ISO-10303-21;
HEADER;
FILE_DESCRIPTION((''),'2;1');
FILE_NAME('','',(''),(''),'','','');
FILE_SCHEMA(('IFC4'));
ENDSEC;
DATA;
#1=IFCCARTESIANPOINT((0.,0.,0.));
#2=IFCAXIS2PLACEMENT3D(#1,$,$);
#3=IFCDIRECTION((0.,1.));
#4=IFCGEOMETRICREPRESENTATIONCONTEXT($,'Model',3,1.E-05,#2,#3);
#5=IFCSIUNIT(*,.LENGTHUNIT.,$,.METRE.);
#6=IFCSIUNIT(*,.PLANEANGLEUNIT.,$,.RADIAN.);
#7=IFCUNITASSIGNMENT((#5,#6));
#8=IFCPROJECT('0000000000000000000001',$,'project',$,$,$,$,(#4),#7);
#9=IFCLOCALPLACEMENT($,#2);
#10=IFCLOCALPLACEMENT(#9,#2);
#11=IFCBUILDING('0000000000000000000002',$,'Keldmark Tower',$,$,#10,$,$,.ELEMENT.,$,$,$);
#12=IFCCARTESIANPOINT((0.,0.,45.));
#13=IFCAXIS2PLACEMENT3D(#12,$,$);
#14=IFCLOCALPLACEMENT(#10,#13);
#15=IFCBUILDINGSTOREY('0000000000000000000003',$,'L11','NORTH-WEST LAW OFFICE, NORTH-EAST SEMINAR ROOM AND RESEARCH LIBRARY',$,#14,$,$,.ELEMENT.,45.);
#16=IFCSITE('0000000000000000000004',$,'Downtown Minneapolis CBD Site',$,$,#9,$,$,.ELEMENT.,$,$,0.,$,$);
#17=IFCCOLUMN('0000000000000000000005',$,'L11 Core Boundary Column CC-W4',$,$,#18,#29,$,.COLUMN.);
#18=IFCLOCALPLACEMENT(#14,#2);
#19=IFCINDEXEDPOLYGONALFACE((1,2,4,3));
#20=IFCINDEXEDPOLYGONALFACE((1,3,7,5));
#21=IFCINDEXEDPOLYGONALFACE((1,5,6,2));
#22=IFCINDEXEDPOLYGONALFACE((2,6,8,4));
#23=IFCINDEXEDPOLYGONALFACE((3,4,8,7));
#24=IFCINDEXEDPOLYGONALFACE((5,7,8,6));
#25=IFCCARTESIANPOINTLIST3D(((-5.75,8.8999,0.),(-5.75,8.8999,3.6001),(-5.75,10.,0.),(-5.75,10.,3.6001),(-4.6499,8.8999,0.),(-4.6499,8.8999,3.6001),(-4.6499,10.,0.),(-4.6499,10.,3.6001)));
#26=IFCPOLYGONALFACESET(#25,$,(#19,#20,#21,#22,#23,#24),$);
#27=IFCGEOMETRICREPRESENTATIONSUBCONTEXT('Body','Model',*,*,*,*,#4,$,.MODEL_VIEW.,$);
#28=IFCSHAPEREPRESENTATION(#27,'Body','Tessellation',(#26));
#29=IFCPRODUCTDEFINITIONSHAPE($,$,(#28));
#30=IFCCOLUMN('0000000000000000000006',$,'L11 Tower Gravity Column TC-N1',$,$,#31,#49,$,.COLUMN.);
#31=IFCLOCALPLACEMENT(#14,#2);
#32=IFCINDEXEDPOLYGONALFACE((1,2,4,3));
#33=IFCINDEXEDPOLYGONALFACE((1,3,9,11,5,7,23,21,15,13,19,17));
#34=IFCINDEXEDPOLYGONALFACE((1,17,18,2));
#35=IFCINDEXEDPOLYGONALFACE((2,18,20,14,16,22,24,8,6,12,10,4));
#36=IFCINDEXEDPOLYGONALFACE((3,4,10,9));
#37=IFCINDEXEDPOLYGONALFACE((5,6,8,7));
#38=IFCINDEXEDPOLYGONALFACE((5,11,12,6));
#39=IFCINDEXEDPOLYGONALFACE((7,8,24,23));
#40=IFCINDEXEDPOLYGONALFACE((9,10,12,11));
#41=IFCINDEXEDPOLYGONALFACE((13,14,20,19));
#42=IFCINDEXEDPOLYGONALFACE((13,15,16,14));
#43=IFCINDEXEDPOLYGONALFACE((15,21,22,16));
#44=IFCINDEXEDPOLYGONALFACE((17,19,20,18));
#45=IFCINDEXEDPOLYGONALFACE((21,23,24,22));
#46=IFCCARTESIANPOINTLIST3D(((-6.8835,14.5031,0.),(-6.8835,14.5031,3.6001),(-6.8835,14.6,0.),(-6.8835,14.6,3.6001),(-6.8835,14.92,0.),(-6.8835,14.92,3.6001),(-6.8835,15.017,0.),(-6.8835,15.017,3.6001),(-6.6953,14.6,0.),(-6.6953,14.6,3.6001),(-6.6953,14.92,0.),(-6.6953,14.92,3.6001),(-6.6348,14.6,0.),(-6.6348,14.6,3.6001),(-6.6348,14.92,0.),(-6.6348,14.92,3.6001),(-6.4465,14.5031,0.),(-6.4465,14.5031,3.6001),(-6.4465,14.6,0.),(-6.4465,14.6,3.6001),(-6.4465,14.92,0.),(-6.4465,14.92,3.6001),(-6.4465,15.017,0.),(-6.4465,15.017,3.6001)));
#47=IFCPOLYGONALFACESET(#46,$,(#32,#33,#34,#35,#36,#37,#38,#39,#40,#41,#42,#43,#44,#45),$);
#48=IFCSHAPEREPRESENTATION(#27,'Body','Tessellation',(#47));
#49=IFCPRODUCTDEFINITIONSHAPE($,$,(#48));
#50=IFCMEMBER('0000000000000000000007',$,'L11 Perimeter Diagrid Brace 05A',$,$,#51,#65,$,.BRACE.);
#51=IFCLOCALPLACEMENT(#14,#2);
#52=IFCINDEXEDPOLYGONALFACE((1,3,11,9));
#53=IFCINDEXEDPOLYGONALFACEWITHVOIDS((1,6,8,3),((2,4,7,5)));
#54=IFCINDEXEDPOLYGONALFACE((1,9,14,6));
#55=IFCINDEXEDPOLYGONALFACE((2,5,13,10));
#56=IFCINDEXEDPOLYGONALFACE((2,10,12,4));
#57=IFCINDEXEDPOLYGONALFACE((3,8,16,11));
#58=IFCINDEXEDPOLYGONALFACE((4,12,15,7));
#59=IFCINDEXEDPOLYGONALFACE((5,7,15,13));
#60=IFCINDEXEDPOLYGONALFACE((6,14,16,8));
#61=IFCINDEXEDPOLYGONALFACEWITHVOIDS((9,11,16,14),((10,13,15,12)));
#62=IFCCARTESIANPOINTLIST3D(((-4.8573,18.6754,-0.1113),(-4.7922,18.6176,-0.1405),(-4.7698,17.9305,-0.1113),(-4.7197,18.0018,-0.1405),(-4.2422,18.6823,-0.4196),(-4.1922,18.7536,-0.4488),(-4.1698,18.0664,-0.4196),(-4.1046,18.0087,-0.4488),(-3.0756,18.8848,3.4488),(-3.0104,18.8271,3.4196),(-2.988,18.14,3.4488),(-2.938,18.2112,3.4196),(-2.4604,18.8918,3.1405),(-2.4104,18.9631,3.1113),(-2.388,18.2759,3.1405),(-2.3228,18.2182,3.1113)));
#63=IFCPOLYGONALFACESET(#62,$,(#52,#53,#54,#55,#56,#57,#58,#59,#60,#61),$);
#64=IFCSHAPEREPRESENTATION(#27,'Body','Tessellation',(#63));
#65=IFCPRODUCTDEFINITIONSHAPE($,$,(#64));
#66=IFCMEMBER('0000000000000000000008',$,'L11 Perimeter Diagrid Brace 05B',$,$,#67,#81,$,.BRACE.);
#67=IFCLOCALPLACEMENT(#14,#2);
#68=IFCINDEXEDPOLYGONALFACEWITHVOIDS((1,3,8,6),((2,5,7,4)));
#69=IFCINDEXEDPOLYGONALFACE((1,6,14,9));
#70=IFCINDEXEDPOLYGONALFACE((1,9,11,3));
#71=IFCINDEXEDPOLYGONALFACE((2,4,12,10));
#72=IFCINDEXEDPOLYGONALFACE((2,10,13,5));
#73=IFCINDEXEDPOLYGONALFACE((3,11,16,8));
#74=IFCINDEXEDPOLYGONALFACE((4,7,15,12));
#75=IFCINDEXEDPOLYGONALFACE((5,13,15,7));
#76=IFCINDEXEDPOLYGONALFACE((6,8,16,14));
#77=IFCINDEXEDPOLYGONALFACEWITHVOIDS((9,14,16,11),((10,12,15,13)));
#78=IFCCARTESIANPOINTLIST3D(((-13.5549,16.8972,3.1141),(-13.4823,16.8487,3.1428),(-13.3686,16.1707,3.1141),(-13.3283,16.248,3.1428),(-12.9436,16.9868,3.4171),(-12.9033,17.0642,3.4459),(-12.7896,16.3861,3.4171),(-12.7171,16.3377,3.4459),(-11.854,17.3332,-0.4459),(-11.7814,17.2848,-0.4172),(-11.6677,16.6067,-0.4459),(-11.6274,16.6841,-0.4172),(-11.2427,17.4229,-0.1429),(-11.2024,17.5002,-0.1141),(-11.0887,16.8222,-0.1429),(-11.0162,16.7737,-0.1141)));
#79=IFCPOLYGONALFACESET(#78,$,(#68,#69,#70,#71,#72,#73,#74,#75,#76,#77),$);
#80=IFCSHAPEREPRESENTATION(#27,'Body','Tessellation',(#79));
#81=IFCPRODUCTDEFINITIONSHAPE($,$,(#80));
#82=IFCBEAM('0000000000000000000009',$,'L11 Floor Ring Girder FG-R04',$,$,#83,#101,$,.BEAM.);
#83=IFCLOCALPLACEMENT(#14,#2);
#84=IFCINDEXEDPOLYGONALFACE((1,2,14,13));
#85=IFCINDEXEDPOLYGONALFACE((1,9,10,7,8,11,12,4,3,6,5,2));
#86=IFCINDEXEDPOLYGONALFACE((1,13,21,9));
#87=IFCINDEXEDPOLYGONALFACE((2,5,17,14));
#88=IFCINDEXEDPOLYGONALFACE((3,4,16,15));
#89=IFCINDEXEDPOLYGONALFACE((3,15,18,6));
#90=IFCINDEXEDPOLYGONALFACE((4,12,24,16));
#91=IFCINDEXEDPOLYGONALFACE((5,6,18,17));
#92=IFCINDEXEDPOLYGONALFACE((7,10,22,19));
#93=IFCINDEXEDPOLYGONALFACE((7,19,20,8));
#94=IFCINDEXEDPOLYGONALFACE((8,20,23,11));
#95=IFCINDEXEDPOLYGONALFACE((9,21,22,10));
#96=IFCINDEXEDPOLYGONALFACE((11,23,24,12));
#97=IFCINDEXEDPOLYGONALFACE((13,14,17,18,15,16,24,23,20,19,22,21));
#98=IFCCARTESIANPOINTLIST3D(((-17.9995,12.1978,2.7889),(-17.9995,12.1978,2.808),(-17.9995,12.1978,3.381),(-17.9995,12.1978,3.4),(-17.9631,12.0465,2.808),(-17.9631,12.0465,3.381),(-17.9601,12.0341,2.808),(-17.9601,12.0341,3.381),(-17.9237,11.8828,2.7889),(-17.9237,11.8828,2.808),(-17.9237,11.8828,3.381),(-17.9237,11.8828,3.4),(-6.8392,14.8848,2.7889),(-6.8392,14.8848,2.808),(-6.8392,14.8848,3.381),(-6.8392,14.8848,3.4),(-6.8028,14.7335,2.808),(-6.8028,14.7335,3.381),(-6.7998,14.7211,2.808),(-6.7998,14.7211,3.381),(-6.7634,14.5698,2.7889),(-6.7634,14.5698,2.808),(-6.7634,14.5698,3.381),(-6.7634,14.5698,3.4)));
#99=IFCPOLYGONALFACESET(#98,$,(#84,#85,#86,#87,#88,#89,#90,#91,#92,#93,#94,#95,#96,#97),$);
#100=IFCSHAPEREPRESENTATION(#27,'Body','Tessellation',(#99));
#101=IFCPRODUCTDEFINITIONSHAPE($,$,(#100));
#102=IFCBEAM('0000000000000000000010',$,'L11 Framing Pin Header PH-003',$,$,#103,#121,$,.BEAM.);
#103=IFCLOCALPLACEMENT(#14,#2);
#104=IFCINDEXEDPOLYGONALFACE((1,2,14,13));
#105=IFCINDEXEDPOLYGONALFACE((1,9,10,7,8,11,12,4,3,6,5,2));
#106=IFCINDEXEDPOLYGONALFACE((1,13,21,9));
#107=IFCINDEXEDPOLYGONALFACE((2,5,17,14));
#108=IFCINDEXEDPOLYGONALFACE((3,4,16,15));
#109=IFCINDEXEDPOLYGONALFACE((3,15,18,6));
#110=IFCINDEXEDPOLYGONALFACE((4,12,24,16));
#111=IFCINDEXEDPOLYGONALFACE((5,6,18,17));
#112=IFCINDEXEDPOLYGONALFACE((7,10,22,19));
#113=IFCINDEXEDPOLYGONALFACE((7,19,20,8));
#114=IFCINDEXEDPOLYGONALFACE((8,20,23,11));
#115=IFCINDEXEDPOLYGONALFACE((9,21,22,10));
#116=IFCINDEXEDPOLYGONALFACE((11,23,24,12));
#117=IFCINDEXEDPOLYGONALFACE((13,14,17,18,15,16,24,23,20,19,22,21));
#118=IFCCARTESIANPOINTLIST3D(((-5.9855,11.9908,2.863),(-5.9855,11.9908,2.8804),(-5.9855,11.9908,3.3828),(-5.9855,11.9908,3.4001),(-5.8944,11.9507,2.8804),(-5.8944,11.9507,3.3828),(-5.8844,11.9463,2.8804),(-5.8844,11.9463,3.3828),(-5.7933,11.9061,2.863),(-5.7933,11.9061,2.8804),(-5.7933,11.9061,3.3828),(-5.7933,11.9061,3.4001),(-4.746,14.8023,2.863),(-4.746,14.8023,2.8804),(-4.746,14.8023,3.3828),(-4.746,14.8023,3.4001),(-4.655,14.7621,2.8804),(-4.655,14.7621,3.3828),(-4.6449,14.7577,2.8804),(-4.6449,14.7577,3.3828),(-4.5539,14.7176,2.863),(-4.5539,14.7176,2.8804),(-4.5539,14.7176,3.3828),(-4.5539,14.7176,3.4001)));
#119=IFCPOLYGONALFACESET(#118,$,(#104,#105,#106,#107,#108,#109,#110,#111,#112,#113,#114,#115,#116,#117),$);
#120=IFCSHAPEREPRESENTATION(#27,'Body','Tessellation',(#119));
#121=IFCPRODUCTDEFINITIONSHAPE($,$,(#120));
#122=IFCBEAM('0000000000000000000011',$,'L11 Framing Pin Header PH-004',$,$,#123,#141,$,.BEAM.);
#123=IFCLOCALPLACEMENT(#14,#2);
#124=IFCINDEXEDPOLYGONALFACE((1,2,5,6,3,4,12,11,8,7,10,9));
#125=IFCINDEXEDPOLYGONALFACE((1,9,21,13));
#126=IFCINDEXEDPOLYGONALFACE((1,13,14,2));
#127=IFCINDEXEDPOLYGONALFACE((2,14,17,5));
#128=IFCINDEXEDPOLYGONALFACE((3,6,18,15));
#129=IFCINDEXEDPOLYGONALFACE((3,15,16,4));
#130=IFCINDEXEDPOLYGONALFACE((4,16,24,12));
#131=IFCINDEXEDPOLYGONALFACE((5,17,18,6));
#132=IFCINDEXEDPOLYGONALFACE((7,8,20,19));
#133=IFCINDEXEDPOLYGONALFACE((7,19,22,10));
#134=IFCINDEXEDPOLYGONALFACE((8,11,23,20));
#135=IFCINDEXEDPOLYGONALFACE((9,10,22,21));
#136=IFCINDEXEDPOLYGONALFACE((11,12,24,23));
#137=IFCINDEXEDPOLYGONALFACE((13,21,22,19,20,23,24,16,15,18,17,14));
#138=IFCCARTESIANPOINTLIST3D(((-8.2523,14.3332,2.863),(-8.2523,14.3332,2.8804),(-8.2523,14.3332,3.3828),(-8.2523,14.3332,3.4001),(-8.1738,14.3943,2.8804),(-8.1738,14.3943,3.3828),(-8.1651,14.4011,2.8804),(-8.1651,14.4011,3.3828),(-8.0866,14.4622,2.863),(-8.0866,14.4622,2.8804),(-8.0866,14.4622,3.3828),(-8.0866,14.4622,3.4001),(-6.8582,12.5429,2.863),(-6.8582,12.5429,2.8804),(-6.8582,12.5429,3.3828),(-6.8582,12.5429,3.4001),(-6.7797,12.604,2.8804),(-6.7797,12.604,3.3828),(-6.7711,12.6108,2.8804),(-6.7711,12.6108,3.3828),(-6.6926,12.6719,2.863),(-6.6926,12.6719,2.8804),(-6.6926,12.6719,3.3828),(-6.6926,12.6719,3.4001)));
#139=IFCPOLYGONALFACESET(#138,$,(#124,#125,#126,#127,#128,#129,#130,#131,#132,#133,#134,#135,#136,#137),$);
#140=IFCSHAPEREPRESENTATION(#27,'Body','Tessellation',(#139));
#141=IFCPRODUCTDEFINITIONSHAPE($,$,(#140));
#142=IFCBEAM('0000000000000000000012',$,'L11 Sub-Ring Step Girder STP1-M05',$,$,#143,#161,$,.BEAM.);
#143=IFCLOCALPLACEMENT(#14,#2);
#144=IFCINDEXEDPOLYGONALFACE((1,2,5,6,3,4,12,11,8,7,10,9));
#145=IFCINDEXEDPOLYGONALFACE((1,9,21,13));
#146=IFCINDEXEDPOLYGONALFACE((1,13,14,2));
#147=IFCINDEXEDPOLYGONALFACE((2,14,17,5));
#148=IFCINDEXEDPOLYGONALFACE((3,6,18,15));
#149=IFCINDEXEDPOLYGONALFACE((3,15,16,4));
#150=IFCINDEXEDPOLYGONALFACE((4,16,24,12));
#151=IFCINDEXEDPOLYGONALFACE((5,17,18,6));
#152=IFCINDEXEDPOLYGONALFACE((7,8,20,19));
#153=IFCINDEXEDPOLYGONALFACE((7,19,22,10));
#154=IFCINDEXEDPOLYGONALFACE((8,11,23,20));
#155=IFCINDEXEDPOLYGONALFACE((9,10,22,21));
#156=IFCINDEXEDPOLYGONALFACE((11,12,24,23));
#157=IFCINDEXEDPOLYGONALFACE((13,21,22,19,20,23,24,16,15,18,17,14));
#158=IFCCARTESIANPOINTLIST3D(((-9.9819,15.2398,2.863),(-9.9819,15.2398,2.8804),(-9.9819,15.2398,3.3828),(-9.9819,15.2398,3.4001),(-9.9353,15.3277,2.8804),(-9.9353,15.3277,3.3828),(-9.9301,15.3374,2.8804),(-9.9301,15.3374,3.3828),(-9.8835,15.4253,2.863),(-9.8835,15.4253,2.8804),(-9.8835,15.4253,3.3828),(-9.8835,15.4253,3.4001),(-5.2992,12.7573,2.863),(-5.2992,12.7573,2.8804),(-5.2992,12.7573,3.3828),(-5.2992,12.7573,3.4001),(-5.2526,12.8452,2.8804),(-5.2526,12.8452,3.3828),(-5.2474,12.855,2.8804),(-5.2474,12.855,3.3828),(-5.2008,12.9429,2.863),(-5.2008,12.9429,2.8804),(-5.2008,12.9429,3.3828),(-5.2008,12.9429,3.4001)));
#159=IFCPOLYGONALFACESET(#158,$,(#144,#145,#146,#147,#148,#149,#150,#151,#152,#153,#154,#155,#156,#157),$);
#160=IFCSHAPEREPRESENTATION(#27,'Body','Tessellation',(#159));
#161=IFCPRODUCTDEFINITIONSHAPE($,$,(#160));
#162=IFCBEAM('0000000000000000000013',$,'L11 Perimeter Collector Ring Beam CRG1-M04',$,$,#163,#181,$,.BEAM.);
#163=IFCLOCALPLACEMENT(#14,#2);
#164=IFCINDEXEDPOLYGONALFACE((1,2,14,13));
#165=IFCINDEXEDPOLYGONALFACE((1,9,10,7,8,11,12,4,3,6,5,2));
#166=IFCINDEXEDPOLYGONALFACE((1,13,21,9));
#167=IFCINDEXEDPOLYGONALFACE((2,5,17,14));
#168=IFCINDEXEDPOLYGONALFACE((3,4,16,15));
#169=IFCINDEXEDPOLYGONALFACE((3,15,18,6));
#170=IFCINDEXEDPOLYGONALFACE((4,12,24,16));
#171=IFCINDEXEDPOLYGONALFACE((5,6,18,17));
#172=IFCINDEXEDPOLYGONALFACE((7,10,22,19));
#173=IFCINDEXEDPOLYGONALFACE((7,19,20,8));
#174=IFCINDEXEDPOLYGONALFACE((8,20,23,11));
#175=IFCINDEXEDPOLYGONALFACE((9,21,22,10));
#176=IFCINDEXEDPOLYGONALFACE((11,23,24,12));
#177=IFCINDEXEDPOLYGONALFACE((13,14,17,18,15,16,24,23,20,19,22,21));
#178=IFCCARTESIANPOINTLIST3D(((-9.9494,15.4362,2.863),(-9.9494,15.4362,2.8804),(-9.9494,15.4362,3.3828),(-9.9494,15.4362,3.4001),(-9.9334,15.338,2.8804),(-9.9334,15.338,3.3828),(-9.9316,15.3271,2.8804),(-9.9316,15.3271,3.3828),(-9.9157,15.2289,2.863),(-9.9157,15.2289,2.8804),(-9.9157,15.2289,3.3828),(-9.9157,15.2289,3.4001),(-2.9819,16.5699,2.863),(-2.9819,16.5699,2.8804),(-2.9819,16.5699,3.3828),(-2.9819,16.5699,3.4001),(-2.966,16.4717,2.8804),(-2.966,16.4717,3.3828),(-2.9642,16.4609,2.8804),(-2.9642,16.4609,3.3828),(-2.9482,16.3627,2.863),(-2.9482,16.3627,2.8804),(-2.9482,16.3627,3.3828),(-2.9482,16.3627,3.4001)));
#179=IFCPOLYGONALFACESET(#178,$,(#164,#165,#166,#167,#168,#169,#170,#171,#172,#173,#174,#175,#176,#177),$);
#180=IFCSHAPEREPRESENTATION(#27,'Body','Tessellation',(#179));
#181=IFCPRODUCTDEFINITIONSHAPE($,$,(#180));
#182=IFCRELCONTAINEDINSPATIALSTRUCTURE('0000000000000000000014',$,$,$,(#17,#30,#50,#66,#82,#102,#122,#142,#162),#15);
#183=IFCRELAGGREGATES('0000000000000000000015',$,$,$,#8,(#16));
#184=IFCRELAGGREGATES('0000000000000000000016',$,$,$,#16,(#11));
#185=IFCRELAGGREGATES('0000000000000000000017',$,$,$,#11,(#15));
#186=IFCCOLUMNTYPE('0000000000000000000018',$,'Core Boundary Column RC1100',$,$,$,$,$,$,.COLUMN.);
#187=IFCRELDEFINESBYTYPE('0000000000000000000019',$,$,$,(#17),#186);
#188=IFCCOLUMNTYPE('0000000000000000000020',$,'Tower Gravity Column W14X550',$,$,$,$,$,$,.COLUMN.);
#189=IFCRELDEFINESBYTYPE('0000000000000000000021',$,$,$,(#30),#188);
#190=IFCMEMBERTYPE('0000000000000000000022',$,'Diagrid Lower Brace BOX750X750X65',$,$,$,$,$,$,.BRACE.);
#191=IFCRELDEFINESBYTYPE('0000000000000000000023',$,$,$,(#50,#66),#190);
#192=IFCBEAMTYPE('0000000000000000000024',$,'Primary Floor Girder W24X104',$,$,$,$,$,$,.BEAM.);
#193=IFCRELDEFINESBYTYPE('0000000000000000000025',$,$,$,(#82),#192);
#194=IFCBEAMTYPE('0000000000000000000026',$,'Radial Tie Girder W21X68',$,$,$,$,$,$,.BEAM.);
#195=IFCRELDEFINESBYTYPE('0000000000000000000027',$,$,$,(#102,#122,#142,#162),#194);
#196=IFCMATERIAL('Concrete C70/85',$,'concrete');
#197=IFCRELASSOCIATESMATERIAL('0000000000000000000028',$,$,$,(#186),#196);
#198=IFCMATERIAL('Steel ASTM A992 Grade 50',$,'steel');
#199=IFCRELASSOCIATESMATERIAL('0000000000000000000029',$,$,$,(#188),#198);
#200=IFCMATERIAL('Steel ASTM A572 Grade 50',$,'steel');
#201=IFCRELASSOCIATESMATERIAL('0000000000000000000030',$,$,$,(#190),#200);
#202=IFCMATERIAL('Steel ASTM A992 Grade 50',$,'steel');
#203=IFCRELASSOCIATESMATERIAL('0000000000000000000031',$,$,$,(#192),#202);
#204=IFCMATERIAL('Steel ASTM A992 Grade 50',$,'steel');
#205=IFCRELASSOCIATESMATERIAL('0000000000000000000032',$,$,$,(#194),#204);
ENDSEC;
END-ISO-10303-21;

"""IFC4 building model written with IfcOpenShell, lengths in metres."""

from ifc_helpers import new_model, si_unit, direction, frame, origin, origin_2d, place, context, subcontext, project, spatial, rectangle, hollow_rectangle, i_section, extrude, material, material_profile, profile_set, type_object, element, save


model = new_model("IFC4")

# Units and contexts
model_context = context("Model", 3, precision=1e-05, world=origin(), true_north=direction((0.0, 1.0)))
body_context = subcontext(model_context, "Body", "Model", "MODEL_VIEW")
ifc_project = project(units=[si_unit("LENGTHUNIT", "METRE"), si_unit("PLANEANGLEUNIT", "RADIAN")], contexts=[model_context])

# Site, building, storey
site_placement = place(None, origin())
site = spatial("IfcSite", under=ifc_project, at=site_placement, Name="Downtown Minneapolis CBD Site", CompositionType="ELEMENT", RefElevation=0.0)
building_placement = place(site_placement, origin())
building = spatial("IfcBuilding", under=site, at=building_placement, Name="Keldmark Tower", CompositionType="ELEMENT")
storey_placement = place(building_placement, frame((0.0, 0.0, 45.0)))
storey = spatial("IfcBuildingStorey", under=building, at=storey_placement, Name="L11", Description="NORTH-WEST LAW OFFICE, NORTH-EAST SEMINAR ROOM AND RESEARCH LIBRARY", CompositionType="ELEMENT", Elevation=45.0)

# Columns
ifc_material_1 = material(Name="Concrete C70/85", Category="concrete")
ifc_material_profile_1 = material_profile(ifc_material_1, rectangle(XDim=1.1001, YDim=1.1001, at=origin_2d()), Name="RC1100X1100")
ifc_profile_set_1 = profile_set([ifc_material_profile_1], Name="Concrete C70/85")
column_type_1 = type_object("IfcColumnType", Name="Core Boundary Column RC1100", PredefinedType="COLUMN", material=ifc_profile_set_1)
column_1_placement = place(storey_placement, frame((-5.2, 9.45, 0.0), z_axis=(0.0, 0.0, 1.0), x_axis=(1.0, 0.0, 0.0)))
element("IfcColumn", 1, at=column_1_placement, inside=storey, type_object=column_type_1, Name="L11 Core Boundary Column CC-W4", PredefinedType="COLUMN", context=body_context, shape_type="SweptSolid", body=[
    extrude(rectangle(XDim=1.1001, YDim=1.1001, at=origin_2d()), origin(), (0.0, 0.0, 1.0), 3.6001),
])
ifc_material_2 = material(Name="Steel ASTM A992 Grade 50", Category="steel")
ifc_material_profile_2 = material_profile(ifc_material_2, i_section(OverallWidth=0.437, OverallDepth=0.5139, WebThickness=0.0605, FlangeThickness=0.0969, at=origin_2d()), Name="W14X550")
ifc_profile_set_2 = profile_set([ifc_material_profile_2], Name="Steel ASTM A992 Grade 50")
column_type_2 = type_object("IfcColumnType", Name="Tower Gravity Column W14X550", PredefinedType="COLUMN", material=ifc_profile_set_2)
column_2_placement = place(storey_placement, frame((-6.665, 14.76, 0.0), z_axis=(0.0, 0.0, 1.0), x_axis=(1.0, 0.0, 0.0)))
element("IfcColumn", 2, at=column_2_placement, inside=storey, type_object=column_type_2, Name="L11 Tower Gravity Column TC-N1", PredefinedType="COLUMN", context=body_context, shape_type="SweptSolid", body=[
    extrude(i_section(OverallWidth=0.437, OverallDepth=0.5139, WebThickness=0.0605, FlangeThickness=0.0969, at=origin_2d()), origin(), (0.0, 0.0, 1.0), 3.6001),
])

# Members
ifc_material_3 = material(Name="Steel ASTM A572 Grade 50", Category="steel")
ifc_material_profile_3 = material_profile(ifc_material_3, hollow_rectangle(XDim=0.75, YDim=0.75, WallThickness=0.0649, at=origin_2d()), Name="BOX750X750X65")
ifc_profile_set_3 = profile_set([ifc_material_profile_3], Name="Steel ASTM A572 Grade 50")
member_type = type_object("IfcMemberType", Name="Diagrid Lower Brace BOX750X750X65", PredefinedType="BRACE", material=ifc_profile_set_3)
member_1_placement = place(storey_placement, frame((-4.481, 18.342, -0.28), z_axis=(0.446939, 0.052545, 0.89302), x_axis=(-0.116762, 0.99316, 0.0)))
element("IfcMember", 3, at=member_1_placement, inside=storey, type_object=member_type, Name="L11 Perimeter Diagrid Brace 05A", PredefinedType="BRACE", context=body_context, shape_type="SweptSolid", body=[
    extrude(hollow_rectangle(XDim=0.75, YDim=0.75, WallThickness=0.0649, at=origin_2d()), origin(), (0.0, 0.0, 1.0), 3.9866),
])
member_2_placement = place(storey_placement, frame((-11.4351, 17.0535, -0.28), z_axis=(-0.428494, -0.109845, 0.896843), x_axis=(0.248322, -0.968678, 0.0)))
element("IfcMember", 4, at=member_2_placement, inside=storey, type_object=member_type, Name="L11 Perimeter Diagrid Brace 05B", PredefinedType="BRACE", context=body_context, shape_type="SweptSolid", body=[
    extrude(hollow_rectangle(XDim=0.75, YDim=0.75, WallThickness=0.0649, at=origin_2d()), origin(), (0.0, 0.0, 1.0), 3.9695),
])

# Beams
ifc_material_4 = material(Name="Steel ASTM A992 Grade 50", Category="steel")
ifc_material_profile_4 = material_profile(ifc_material_4, i_section(OverallWidth=0.324, OverallDepth=0.6111, WebThickness=0.0127, FlangeThickness=0.019, at=origin_2d()), Name="W24X104")
ifc_profile_set_4 = profile_set([ifc_material_profile_4], Name="Steel ASTM A992 Grade 50")
beam_type_1 = type_object("IfcBeamType", Name="Primary Floor Girder W24X104", PredefinedType="BEAM", material=ifc_profile_set_4)
beam_1_placement = place(storey_placement, frame((-6.8013, 14.7273, 3.0945), z_axis=(-0.972219, -0.234074, 0.0), x_axis=(0.234074, -0.972219, 0.0)))
element("IfcBeam", 5, at=beam_1_placement, inside=storey, type_object=beam_type_1, Name="L11 Floor Ring Girder FG-R04", PredefinedType="BEAM", context=body_context, shape_type="SweptSolid", body=[
    extrude(i_section(OverallWidth=0.324, OverallDepth=0.6111, WebThickness=0.0127, FlangeThickness=0.019, at=origin_2d()), origin(), (0.0, 0.0, 1.0), 11.4792),
])
ifc_material_5 = material(Name="Steel ASTM A992 Grade 50", Category="steel")
ifc_material_profile_5 = material_profile(ifc_material_5, i_section(OverallWidth=0.21, OverallDepth=0.5371, WebThickness=0.011, FlangeThickness=0.0173, at=origin_2d()), Name="W21X68")
ifc_profile_set_5 = profile_set([ifc_material_profile_5], Name="Steel ASTM A992 Grade 50")
beam_type_2 = type_object("IfcBeamType", Name="Radial Tie Girder W21X68", PredefinedType="BEAM", material=ifc_profile_set_5)
beam_2_placement = place(storey_placement, frame((-5.8894, 11.9485, 3.1316), z_axis=(0.403402, 0.915023, 0.0), x_axis=(-0.915023, 0.403402, 0.0)))
element("IfcBeam", 6, at=beam_2_placement, inside=storey, type_object=beam_type_2, Name="L11 Framing Pin Header PH-003", PredefinedType="BEAM", context=body_context, shape_type="SweptSolid", body=[
    extrude(i_section(OverallWidth=0.21, OverallDepth=0.5371, WebThickness=0.011, FlangeThickness=0.0173, at=origin_2d()), origin(), (0.0, 0.0, 1.0), 3.0725),
])
beam_3_placement = place(storey_placement, frame((-6.7754, 12.6074, 3.1316), z_axis=(-0.61438, 0.78901, 0.0), x_axis=(-0.78901, -0.61438, 0.0)))
element("IfcBeam", 7, at=beam_3_placement, inside=storey, type_object=beam_type_2, Name="L11 Framing Pin Header PH-004", PredefinedType="BEAM", context=body_context, shape_type="SweptSolid", body=[
    extrude(i_section(OverallWidth=0.21, OverallDepth=0.5371, WebThickness=0.011, FlangeThickness=0.0173, at=origin_2d()), origin(), (0.0, 0.0, 1.0), 2.269),
])
beam_4_placement = place(storey_placement, frame((-5.25, 12.8501, 3.1316), z_axis=(-0.883523, 0.468387, 0.0), x_axis=(-0.468387, -0.883523, 0.0)))
element("IfcBeam", 8, at=beam_4_placement, inside=storey, type_object=beam_type_2, Name="L11 Sub-Ring Step Girder STP1-M05", PredefinedType="BEAM", context=body_context, shape_type="SweptSolid", body=[
    extrude(i_section(OverallWidth=0.21, OverallDepth=0.5371, WebThickness=0.011, FlangeThickness=0.0173, at=origin_2d()), origin(), (0.0, 0.0, 1.0), 5.3),
])
beam_5_placement = place(storey_placement, frame((-2.9651, 16.4663, 3.1316), z_axis=(-0.987018, -0.160612, 0.0), x_axis=(0.160612, -0.987018, 0.0)))
element("IfcBeam", 9, at=beam_5_placement, inside=storey, type_object=beam_type_2, Name="L11 Perimeter Collector Ring Beam CRG1-M04", PredefinedType="BEAM", context=body_context, shape_type="SweptSolid", body=[
    extrude(i_section(OverallWidth=0.21, OverallDepth=0.5371, WebThickness=0.011, FlangeThickness=0.0173, at=origin_2d()), origin(), (0.0, 0.0, 1.0), 7.0591),
])

save(model, "model.ifc")
